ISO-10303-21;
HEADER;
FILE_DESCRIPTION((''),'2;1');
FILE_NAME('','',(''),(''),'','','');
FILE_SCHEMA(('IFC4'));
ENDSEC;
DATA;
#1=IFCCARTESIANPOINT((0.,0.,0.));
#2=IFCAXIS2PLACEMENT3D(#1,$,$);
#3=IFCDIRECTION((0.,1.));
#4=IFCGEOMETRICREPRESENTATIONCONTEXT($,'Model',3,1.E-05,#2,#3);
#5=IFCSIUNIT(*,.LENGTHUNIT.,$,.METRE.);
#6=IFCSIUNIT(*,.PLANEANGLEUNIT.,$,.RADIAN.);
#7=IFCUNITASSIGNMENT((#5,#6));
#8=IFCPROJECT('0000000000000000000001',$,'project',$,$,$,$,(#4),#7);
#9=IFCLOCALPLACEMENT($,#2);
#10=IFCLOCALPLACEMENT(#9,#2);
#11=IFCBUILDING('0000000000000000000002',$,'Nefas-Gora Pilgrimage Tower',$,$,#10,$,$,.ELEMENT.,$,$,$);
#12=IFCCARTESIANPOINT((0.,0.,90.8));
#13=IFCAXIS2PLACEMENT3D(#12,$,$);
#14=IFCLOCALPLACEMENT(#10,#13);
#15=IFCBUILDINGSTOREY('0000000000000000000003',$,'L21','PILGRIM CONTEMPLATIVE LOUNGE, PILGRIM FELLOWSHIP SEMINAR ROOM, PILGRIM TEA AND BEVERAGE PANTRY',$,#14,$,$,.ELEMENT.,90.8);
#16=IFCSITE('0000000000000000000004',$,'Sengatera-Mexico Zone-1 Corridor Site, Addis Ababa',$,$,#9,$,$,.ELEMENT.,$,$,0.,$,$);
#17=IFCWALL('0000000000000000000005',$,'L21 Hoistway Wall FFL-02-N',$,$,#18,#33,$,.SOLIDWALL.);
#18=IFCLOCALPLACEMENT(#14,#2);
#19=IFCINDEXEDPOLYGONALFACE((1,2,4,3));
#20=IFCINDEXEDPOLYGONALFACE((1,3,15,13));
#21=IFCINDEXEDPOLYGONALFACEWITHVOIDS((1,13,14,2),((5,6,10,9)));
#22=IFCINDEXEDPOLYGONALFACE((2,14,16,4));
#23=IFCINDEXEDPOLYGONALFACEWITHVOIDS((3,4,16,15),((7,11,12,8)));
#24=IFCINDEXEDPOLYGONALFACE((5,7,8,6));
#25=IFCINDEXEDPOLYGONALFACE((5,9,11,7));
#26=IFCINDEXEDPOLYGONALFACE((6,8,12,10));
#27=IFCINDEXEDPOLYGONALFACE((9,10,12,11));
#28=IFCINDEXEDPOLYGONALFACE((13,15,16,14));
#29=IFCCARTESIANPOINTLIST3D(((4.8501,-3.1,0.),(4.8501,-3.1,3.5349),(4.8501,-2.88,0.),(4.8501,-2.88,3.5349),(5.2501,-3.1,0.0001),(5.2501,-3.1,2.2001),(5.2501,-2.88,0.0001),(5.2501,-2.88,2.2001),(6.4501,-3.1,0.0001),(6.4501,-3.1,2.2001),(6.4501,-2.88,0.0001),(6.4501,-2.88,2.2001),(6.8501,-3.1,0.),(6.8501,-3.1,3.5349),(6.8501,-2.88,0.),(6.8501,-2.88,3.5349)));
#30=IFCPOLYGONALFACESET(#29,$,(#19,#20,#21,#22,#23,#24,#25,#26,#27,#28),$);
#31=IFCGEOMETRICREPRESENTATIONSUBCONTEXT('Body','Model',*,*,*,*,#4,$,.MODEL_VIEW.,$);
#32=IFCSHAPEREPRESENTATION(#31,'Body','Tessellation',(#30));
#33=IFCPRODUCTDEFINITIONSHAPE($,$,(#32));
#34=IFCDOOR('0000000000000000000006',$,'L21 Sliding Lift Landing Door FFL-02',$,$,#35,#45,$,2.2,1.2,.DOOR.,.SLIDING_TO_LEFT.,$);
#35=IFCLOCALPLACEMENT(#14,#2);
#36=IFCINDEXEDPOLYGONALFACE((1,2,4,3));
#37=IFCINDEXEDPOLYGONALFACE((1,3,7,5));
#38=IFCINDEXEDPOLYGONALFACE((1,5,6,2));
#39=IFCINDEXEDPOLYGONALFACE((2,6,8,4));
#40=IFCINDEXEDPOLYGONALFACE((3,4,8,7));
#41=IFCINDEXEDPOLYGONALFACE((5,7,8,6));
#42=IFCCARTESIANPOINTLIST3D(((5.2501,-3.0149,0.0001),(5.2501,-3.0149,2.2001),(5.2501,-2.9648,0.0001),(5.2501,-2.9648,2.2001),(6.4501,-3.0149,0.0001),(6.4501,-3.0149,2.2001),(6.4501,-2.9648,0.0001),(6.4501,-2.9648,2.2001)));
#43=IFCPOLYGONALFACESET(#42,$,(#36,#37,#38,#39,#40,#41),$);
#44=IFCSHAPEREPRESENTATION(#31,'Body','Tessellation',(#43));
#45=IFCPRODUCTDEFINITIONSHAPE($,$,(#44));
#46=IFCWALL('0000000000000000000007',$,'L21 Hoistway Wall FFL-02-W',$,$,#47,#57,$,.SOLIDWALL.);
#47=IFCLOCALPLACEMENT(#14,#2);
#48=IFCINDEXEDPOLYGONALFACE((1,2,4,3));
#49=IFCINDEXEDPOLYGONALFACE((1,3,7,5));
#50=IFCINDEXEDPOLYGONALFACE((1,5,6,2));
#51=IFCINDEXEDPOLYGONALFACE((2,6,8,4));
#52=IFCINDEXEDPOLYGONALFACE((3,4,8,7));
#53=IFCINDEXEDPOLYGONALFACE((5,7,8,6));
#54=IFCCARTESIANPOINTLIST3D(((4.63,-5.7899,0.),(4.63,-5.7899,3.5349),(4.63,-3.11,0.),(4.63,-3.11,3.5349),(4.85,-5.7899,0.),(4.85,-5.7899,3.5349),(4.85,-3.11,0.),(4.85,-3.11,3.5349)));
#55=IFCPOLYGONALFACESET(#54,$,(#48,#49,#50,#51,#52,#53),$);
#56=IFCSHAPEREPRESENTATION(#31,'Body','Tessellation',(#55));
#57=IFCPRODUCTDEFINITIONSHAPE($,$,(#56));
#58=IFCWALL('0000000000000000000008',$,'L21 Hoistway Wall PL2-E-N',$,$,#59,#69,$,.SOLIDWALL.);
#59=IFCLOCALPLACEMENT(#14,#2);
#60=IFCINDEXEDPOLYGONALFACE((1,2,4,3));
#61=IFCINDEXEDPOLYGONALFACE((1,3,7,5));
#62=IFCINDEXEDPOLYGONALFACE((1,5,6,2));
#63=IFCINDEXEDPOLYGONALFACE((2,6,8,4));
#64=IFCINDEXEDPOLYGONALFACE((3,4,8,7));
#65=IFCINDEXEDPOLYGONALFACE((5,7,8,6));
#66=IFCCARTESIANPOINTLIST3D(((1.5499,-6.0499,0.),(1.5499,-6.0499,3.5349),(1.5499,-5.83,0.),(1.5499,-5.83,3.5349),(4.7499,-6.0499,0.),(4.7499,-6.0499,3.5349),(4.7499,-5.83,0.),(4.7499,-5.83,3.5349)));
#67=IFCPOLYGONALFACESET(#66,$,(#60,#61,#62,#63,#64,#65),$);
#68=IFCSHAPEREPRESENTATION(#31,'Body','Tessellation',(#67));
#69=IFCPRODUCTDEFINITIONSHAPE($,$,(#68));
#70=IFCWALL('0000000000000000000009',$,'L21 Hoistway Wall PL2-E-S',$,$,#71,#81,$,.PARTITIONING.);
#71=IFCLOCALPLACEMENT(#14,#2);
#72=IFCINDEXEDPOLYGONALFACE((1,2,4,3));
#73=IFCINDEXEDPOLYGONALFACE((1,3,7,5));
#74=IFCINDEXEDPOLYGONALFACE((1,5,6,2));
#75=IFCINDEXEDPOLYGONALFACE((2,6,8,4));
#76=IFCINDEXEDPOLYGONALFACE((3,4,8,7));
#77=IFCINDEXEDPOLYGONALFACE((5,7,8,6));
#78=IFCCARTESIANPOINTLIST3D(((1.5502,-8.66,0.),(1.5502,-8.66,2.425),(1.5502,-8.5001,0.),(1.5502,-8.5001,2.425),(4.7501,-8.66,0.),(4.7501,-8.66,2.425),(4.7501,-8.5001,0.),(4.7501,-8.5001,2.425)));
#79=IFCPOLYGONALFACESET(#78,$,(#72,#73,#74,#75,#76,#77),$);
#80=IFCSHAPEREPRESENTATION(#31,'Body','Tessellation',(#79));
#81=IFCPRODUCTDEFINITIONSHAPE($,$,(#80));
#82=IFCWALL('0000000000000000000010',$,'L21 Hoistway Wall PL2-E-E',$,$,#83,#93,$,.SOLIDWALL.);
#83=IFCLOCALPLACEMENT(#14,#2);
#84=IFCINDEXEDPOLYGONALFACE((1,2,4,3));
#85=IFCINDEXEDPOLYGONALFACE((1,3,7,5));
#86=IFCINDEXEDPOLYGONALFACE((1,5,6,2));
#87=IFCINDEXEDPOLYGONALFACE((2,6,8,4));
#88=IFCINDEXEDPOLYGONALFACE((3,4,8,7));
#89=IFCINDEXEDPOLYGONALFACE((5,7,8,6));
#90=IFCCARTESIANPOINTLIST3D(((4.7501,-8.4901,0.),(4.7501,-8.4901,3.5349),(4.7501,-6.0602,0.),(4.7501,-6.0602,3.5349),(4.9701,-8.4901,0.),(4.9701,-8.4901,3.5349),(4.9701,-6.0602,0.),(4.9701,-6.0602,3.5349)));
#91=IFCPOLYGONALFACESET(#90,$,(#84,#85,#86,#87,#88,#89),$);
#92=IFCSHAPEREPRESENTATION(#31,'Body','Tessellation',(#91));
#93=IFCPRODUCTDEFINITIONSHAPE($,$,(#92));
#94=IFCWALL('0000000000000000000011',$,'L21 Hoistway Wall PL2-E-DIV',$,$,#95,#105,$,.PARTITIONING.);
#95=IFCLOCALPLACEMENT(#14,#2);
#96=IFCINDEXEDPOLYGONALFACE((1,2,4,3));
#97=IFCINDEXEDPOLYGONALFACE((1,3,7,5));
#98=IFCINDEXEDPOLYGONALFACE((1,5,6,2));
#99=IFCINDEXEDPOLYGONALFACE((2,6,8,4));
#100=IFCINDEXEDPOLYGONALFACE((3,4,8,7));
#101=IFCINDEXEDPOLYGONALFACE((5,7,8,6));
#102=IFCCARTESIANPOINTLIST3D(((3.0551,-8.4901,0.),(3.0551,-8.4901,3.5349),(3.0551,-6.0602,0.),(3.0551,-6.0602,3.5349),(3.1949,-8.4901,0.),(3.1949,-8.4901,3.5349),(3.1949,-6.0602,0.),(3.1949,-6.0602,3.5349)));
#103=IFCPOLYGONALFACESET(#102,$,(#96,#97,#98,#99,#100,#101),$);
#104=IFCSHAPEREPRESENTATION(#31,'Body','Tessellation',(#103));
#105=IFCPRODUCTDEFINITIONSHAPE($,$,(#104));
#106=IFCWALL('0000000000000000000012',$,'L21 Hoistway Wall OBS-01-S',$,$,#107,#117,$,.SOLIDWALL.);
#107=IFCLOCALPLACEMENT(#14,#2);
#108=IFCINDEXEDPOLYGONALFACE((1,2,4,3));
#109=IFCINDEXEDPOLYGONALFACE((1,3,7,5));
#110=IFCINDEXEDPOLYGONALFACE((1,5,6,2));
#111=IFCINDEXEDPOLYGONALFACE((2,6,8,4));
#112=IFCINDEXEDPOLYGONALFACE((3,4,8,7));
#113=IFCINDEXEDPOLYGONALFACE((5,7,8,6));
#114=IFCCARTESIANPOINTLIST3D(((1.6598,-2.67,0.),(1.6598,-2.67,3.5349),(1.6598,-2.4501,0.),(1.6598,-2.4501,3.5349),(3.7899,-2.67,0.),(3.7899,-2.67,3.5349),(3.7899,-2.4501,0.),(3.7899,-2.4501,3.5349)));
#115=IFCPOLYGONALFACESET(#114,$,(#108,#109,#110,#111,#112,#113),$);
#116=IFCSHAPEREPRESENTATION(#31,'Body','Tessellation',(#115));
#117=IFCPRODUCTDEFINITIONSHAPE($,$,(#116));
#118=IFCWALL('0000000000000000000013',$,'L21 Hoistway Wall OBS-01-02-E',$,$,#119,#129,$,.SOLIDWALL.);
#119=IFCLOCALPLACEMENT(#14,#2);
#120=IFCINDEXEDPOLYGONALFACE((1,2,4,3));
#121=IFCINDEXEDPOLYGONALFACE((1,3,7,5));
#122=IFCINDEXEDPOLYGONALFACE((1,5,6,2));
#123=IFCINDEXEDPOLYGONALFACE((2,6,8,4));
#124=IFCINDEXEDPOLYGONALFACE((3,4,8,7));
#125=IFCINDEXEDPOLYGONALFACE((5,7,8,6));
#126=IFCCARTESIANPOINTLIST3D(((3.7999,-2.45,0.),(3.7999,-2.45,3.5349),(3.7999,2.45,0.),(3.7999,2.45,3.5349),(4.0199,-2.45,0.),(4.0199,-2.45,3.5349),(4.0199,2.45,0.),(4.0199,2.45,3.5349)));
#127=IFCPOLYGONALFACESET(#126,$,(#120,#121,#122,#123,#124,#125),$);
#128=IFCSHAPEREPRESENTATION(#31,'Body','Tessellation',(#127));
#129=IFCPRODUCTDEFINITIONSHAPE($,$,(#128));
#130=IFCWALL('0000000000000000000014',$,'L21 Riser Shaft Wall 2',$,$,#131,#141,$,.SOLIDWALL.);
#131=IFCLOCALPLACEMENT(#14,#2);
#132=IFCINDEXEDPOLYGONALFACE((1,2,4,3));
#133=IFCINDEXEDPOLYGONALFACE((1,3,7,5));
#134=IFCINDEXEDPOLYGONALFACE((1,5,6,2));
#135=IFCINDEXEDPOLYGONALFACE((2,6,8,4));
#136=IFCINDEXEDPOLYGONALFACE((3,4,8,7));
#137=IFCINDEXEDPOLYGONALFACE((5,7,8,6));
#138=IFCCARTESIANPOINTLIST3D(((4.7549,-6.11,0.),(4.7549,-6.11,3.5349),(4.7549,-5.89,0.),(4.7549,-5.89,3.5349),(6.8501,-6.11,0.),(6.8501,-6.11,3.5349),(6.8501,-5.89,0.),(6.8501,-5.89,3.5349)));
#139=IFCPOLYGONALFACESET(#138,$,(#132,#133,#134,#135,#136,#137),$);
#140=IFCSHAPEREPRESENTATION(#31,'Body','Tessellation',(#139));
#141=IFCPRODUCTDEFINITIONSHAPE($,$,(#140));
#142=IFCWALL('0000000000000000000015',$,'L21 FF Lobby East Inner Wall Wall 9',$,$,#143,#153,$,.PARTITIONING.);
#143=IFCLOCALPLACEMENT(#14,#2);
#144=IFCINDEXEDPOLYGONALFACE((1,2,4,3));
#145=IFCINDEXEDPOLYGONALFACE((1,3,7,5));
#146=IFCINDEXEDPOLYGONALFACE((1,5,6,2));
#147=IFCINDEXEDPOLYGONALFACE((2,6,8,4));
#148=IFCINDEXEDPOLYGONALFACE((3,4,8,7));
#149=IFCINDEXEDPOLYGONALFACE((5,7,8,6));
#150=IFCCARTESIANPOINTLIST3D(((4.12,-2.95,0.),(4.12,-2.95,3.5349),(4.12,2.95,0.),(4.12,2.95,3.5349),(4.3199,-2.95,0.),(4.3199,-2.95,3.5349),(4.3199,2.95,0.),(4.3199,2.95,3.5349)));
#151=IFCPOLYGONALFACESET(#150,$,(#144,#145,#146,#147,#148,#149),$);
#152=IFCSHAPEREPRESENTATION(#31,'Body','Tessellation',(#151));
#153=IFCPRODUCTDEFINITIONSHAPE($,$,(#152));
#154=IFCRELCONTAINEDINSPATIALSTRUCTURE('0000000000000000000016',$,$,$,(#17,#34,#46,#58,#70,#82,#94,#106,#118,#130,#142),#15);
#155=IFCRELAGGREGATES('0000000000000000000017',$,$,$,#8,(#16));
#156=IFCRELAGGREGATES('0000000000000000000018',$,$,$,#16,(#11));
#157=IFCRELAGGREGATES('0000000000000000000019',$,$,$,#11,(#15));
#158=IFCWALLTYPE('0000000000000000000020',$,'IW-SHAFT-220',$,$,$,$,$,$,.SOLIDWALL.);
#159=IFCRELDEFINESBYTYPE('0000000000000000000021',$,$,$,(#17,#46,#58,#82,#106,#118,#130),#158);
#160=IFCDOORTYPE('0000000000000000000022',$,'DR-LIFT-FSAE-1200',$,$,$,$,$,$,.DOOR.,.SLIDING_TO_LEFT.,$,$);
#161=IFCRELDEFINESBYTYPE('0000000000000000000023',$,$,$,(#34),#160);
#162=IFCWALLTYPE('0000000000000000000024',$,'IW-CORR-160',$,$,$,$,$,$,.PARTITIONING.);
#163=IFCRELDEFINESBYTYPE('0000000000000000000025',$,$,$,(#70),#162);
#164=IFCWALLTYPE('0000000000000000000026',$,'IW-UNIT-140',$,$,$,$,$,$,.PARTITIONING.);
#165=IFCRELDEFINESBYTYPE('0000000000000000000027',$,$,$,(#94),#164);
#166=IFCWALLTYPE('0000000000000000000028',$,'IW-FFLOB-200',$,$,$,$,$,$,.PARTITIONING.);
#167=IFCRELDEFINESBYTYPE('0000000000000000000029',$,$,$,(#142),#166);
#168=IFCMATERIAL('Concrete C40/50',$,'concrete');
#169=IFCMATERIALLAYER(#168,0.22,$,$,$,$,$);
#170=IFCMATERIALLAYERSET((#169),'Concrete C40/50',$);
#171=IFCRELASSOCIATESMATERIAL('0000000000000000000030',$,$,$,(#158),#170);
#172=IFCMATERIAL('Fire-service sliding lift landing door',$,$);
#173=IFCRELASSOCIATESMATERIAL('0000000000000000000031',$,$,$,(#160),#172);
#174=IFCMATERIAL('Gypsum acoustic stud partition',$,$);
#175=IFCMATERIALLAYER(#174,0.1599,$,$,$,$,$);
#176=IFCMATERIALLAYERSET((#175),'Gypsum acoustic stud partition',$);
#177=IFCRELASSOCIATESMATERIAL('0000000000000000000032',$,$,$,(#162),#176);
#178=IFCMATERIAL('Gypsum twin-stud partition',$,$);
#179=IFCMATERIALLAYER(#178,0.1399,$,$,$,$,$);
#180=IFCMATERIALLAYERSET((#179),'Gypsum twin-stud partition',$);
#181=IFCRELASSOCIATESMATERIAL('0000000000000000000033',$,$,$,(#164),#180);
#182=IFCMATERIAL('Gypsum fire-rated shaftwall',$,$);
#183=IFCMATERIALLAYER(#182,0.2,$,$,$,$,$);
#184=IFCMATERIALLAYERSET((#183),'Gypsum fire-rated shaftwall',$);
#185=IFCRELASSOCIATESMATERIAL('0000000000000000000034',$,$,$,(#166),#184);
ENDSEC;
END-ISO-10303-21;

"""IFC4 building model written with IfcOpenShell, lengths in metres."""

from ifc_helpers import new_model, si_unit, direction, frame, frame_2d, origin, place, context, subcontext, project, spatial, rectangle, extrude, source, transform, mapped, material, layer, layer_set, type_object, element, fill, save


model = new_model("IFC4")

# Units and contexts
model_context = context("Model", 3, precision=1e-05, world=origin(), true_north=direction((0.0, 1.0)))
body_context = subcontext(model_context, "Body", "Model", "MODEL_VIEW")
ifc_project = project(units=[si_unit("LENGTHUNIT", "METRE"), si_unit("PLANEANGLEUNIT", "RADIAN")], contexts=[model_context])

# Site, building, storey
site_placement = place(None, origin())
site = spatial("IfcSite", under=ifc_project, at=site_placement, Name="Sengatera-Mexico Zone-1 Corridor Site, Addis Ababa", CompositionType="ELEMENT", RefElevation=0.0)
building_placement = place(site_placement, origin())
building = spatial("IfcBuilding", under=site, at=building_placement, Name="Nefas-Gora Pilgrimage Tower", CompositionType="ELEMENT")
storey_placement = place(building_placement, frame((0.0, 0.0, 90.8)))
storey = spatial("IfcBuildingStorey", under=building, at=storey_placement, Name="L21", Description="PILGRIM CONTEMPLATIVE LOUNGE, PILGRIM FELLOWSHIP SEMINAR ROOM, PILGRIM TEA AND BEVERAGE PANTRY", CompositionType="ELEMENT", Elevation=90.8)

# Wall, opening, door
ifc_material_1 = material(Name="Concrete C40/50", Category="concrete")
ifc_layer_1 = layer(ifc_material_1, 0.22)
ifc_layer_set_1 = layer_set([ifc_layer_1], Name="Concrete C40/50")
wall_type_1 = type_object("IfcWallType", Name="IW-SHAFT-220", PredefinedType="SOLIDWALL", material=ifc_layer_set_1)
shared_shape_1 = source(origin(), body_context, "Body", "SweptSolid", [
    extrude(rectangle(XDim=2.0, YDim=0.22, at=frame_2d((1.0, 0.0))), origin(), (0.0, 0.0, 1.0), 3.5349),
])
wall_1_placement = place(storey_placement, frame((6.8501, -2.99, 0.0), z_axis=(0.0, 0.0, 1.0), x_axis=(-1.0, 0.0, 0.0)))
wall_1 = element("IfcWall", 1, at=wall_1_placement, inside=storey, type_object=wall_type_1, Name="L21 Hoistway Wall FFL-02-N", PredefinedType="SOLIDWALL", context=body_context, shape_type="MappedRepresentation", body=[
    mapped(shared_shape_1, transform((0.0, 0.0, 0.0), x_axis=(1.0, 0.0, 0.0), y_axis=(0.0, 1.0, 0.0), z_axis=(0.0, 0.0, 1.0), scale=1.0)),
])
opening_1_placement = place(wall_1_placement, frame((0.3999, 0.0, 0.0)))
opening_1 = element("IfcOpeningElement", 2, at=opening_1_placement, cuts=wall_1, PredefinedType="OPENING", context=body_context, shape_type="SweptSolid", body=[
    extrude(rectangle(XDim=1.2, YDim=2.2, at=frame_2d((0.6001, 1.1001))), frame((0.0, 0.1199, 0.0), z_axis=(0.0, -1.0, 0.0), x_axis=(1.0, 0.0, 0.0)), (0.0, 0.0, 1.0), 0.24),
])
ifc_material_2 = material(Name="Fire-service sliding lift landing door")
door_type_1 = type_object("IfcDoorType", Name="DR-LIFT-FSAE-1200", OperationType="SLIDING_TO_LEFT", PredefinedType="DOOR", material=ifc_material_2)
shared_shape_2 = source(origin(), body_context, "Body", "SweptSolid", [
    extrude(rectangle(XDim=1.2, YDim=2.2, at=frame_2d((0.6001, 1.1001))), frame((0.0, 0.0249, 0.0), z_axis=(0.0, -1.0, 0.0), x_axis=(1.0, 0.0, 0.0)), (0.0, 0.0, 1.0), 0.05),
])
door_1_placement = place(opening_1_placement, origin())
door_1 = element("IfcDoor", 3, at=door_1_placement, inside=storey, type_object=door_type_1, Name="L21 Sliding Lift Landing Door FFL-02", OperationType="SLIDING_TO_LEFT", OverallHeight=2.2, OverallWidth=1.2, PredefinedType="DOOR", context=body_context, shape_type="MappedRepresentation", body=[
    mapped(shared_shape_2, transform((0.0, 0.0, 0.0), x_axis=(1.0, 0.0, 0.0), y_axis=(0.0, 1.0, 0.0), z_axis=(0.0, 0.0, 1.0), scale=1.0)),
])
fill(opening_1, door_1)

# Walls
shared_shape_3 = source(origin(), body_context, "Body", "SweptSolid", [
    extrude(rectangle(XDim=2.6799, YDim=0.22, at=frame_2d((1.3398, 0.0))), origin(), (0.0, 0.0, 1.0), 3.5349),
])
wall_2_placement = place(storey_placement, frame((4.74, -3.1101, 0.0), z_axis=(0.0, 0.0, 1.0), x_axis=(0.0, -1.0, 0.0)))
element("IfcWall", 4, at=wall_2_placement, inside=storey, type_object=wall_type_1, Name="L21 Hoistway Wall FFL-02-W", PredefinedType="SOLIDWALL", context=body_context, shape_type="MappedRepresentation", body=[
    mapped(shared_shape_3, transform((0.0, 0.0, 0.0), x_axis=(1.0, 0.0, 0.0), y_axis=(0.0, 1.0, 0.0), z_axis=(0.0, 0.0, 1.0), scale=1.0)),
])
shared_shape_4 = source(origin(), body_context, "Body", "SweptSolid", [
    extrude(rectangle(XDim=3.2, YDim=0.22, at=frame_2d((1.6001, 0.0))), origin(), (0.0, 0.0, 1.0), 3.5349),
])
wall_3_placement = place(storey_placement, frame((4.75, -5.9399, 0.0), z_axis=(0.0, 0.0, 1.0), x_axis=(-1.0, 0.0, 0.0)))
element("IfcWall", 5, at=wall_3_placement, inside=storey, type_object=wall_type_1, Name="L21 Hoistway Wall PL2-E-N", PredefinedType="SOLIDWALL", context=body_context, shape_type="MappedRepresentation", body=[
    mapped(shared_shape_4, transform((0.0, 0.0, 0.0), x_axis=(1.0, 0.0, 0.0), y_axis=(0.0, 1.0, 0.0), z_axis=(0.0, 0.0, 1.0), scale=1.0)),
])
ifc_material_3 = material(Name="Gypsum acoustic stud partition")
ifc_layer_2 = layer(ifc_material_3, 0.1599)
ifc_layer_set_2 = layer_set([ifc_layer_2], Name="Gypsum acoustic stud partition")
wall_type_2 = type_object("IfcWallType", Name="IW-CORR-160", PredefinedType="PARTITIONING", material=ifc_layer_set_2)
shared_shape_5 = source(origin(), body_context, "Body", "SweptSolid", [
    extrude(rectangle(XDim=3.2, YDim=0.1599, at=frame_2d((1.6001, 0.0))), origin(), (0.0, 0.0, 1.0), 2.425),
])
wall_4_placement = place(storey_placement, frame((1.55, -8.5801, 0.0), z_axis=(0.0, 0.0, 1.0), x_axis=(1.0, 0.0, 0.0)))
element("IfcWall", 6, at=wall_4_placement, inside=storey, type_object=wall_type_2, Name="L21 Hoistway Wall PL2-E-S", PredefinedType="PARTITIONING", context=body_context, shape_type="MappedRepresentation", body=[
    mapped(shared_shape_5, transform((0.0, 0.0, 0.0), x_axis=(1.0, 0.0, 0.0), y_axis=(0.0, 1.0, 0.0), z_axis=(0.0, 0.0, 1.0), scale=1.0)),
])
shared_shape_6 = source(origin(), body_context, "Body", "SweptSolid", [
    extrude(rectangle(XDim=2.4299, YDim=0.22, at=frame_2d((1.2148, 0.0))), origin(), (0.0, 0.0, 1.0), 3.5349),
])
for number, where, z_axis, x_axis, name in (
    (7, (4.8601, -8.49, 0.0), (0.0, 0.0, 1.0), (0.0, 1.0, 0.0), "L21 Hoistway Wall PL2-E-E"),
):
    element("IfcWall", number, at=place(storey_placement, frame(where, z_axis=z_axis, x_axis=x_axis)), inside=storey, type_object=wall_type_1, Name=name, PredefinedType="SOLIDWALL", context=body_context, shape_type="MappedRepresentation", body=[
        mapped(shared_shape_6, transform((0.0, 0.0, 0.0), x_axis=(1.0, 0.0, 0.0), y_axis=(0.0, 1.0, 0.0), z_axis=(0.0, 0.0, 1.0), scale=1.0)),
    ])
ifc_material_4 = material(Name="Gypsum twin-stud partition")
ifc_layer_3 = layer(ifc_material_4, 0.1399)
ifc_layer_set_3 = layer_set([ifc_layer_3], Name="Gypsum twin-stud partition")
wall_type_3 = type_object("IfcWallType", Name="IW-UNIT-140", PredefinedType="PARTITIONING", material=ifc_layer_set_3)
shared_shape_7 = source(origin(), body_context, "Body", "SweptSolid", [
    extrude(rectangle(XDim=2.4299, YDim=0.1399, at=frame_2d((1.2148, 0.0))), origin(), (0.0, 0.0, 1.0), 3.5349),
])
wall_5_placement = place(storey_placement, frame((3.125, -8.49, 0.0), z_axis=(0.0, 0.0, 1.0), x_axis=(0.0, 1.0, 0.0)))
element("IfcWall", 8, at=wall_5_placement, inside=storey, type_object=wall_type_3, Name="L21 Hoistway Wall PL2-E-DIV", PredefinedType="PARTITIONING", context=body_context, shape_type="MappedRepresentation", body=[
    mapped(shared_shape_7, transform((0.0, 0.0, 0.0), x_axis=(1.0, 0.0, 0.0), y_axis=(0.0, 1.0, 0.0), z_axis=(0.0, 0.0, 1.0), scale=1.0)),
])
shared_shape_8 = source(origin(), body_context, "Body", "SweptSolid", [
    extrude(rectangle(XDim=2.1301, YDim=0.22, at=frame_2d((1.0649, 0.0))), origin(), (0.0, 0.0, 1.0), 3.5349),
])
wall_6_placement = place(storey_placement, frame((1.6599, -2.5601, 0.0), z_axis=(0.0, 0.0, 1.0), x_axis=(1.0, 0.0, 0.0)))
element("IfcWall", 9, at=wall_6_placement, inside=storey, type_object=wall_type_1, Name="L21 Hoistway Wall OBS-01-S", PredefinedType="SOLIDWALL", context=body_context, shape_type="MappedRepresentation", body=[
    mapped(shared_shape_8, transform((0.0, 0.0, 0.0), x_axis=(1.0, 0.0, 0.0), y_axis=(0.0, 1.0, 0.0), z_axis=(0.0, 0.0, 1.0), scale=1.0)),
])
shared_shape_9 = source(origin(), body_context, "Body", "SweptSolid", [
    extrude(rectangle(XDim=4.8999, YDim=0.22, at=frame_2d((2.45, 0.0))), origin(), (0.0, 0.0, 1.0), 3.5349),
])
wall_7_placement = place(storey_placement, frame((3.9099, -2.45, 0.0), z_axis=(0.0, 0.0, 1.0), x_axis=(0.0, 1.0, 0.0)))
element("IfcWall", 10, at=wall_7_placement, inside=storey, type_object=wall_type_1, Name="L21 Hoistway Wall OBS-01-02-E", PredefinedType="SOLIDWALL", context=body_context, shape_type="MappedRepresentation", body=[
    mapped(shared_shape_9, transform((0.0, 0.0, 0.0), x_axis=(1.0, 0.0, 0.0), y_axis=(0.0, 1.0, 0.0), z_axis=(0.0, 0.0, 1.0), scale=1.0)),
])
shared_shape_10 = source(origin(), body_context, "Body", "SweptSolid", [
    extrude(rectangle(XDim=2.0952, YDim=0.22, at=frame_2d((1.0476, 0.0))), origin(), (0.0, 0.0, 1.0), 3.5349),
])
wall_8_placement = place(storey_placement, frame((4.7549, -6.0, 0.0), z_axis=(0.0, 0.0, 1.0), x_axis=(1.0, 0.0, 0.0)))
element("IfcWall", 11, at=wall_8_placement, inside=storey, type_object=wall_type_1, Name="L21 Riser Shaft Wall 2", PredefinedType="SOLIDWALL", context=body_context, shape_type="MappedRepresentation", body=[
    mapped(shared_shape_10, transform((0.0, 0.0, 0.0), x_axis=(1.0, 0.0, 0.0), y_axis=(0.0, 1.0, 0.0), z_axis=(0.0, 0.0, 1.0), scale=1.0)),
])
ifc_material_5 = material(Name="Gypsum fire-rated shaftwall")
ifc_layer_4 = layer(ifc_material_5, 0.2)
ifc_layer_set_4 = layer_set([ifc_layer_4], Name="Gypsum fire-rated shaftwall")
wall_type_4 = type_object("IfcWallType", Name="IW-FFLOB-200", PredefinedType="PARTITIONING", material=ifc_layer_set_4)
shared_shape_11 = source(origin(), body_context, "Body", "SweptSolid", [
    extrude(rectangle(XDim=5.8999, YDim=0.2, at=frame_2d((2.95, 0.0))), origin(), (0.0, 0.0, 1.0), 3.5349),
])
wall_9_placement = place(storey_placement, frame((4.22, -2.95, 0.0), z_axis=(0.0, 0.0, 1.0), x_axis=(0.0, 1.0, 0.0)))
element("IfcWall", 12, at=wall_9_placement, inside=storey, type_object=wall_type_4, Name="L21 FF Lobby East Inner Wall Wall 9", PredefinedType="PARTITIONING", context=body_context, shape_type="MappedRepresentation", body=[
    mapped(shared_shape_11, transform((0.0, 0.0, 0.0), x_axis=(1.0, 0.0, 0.0), y_axis=(0.0, 1.0, 0.0), z_axis=(0.0, 0.0, 1.0), scale=1.0)),
])

save(model, "model.ifc")
